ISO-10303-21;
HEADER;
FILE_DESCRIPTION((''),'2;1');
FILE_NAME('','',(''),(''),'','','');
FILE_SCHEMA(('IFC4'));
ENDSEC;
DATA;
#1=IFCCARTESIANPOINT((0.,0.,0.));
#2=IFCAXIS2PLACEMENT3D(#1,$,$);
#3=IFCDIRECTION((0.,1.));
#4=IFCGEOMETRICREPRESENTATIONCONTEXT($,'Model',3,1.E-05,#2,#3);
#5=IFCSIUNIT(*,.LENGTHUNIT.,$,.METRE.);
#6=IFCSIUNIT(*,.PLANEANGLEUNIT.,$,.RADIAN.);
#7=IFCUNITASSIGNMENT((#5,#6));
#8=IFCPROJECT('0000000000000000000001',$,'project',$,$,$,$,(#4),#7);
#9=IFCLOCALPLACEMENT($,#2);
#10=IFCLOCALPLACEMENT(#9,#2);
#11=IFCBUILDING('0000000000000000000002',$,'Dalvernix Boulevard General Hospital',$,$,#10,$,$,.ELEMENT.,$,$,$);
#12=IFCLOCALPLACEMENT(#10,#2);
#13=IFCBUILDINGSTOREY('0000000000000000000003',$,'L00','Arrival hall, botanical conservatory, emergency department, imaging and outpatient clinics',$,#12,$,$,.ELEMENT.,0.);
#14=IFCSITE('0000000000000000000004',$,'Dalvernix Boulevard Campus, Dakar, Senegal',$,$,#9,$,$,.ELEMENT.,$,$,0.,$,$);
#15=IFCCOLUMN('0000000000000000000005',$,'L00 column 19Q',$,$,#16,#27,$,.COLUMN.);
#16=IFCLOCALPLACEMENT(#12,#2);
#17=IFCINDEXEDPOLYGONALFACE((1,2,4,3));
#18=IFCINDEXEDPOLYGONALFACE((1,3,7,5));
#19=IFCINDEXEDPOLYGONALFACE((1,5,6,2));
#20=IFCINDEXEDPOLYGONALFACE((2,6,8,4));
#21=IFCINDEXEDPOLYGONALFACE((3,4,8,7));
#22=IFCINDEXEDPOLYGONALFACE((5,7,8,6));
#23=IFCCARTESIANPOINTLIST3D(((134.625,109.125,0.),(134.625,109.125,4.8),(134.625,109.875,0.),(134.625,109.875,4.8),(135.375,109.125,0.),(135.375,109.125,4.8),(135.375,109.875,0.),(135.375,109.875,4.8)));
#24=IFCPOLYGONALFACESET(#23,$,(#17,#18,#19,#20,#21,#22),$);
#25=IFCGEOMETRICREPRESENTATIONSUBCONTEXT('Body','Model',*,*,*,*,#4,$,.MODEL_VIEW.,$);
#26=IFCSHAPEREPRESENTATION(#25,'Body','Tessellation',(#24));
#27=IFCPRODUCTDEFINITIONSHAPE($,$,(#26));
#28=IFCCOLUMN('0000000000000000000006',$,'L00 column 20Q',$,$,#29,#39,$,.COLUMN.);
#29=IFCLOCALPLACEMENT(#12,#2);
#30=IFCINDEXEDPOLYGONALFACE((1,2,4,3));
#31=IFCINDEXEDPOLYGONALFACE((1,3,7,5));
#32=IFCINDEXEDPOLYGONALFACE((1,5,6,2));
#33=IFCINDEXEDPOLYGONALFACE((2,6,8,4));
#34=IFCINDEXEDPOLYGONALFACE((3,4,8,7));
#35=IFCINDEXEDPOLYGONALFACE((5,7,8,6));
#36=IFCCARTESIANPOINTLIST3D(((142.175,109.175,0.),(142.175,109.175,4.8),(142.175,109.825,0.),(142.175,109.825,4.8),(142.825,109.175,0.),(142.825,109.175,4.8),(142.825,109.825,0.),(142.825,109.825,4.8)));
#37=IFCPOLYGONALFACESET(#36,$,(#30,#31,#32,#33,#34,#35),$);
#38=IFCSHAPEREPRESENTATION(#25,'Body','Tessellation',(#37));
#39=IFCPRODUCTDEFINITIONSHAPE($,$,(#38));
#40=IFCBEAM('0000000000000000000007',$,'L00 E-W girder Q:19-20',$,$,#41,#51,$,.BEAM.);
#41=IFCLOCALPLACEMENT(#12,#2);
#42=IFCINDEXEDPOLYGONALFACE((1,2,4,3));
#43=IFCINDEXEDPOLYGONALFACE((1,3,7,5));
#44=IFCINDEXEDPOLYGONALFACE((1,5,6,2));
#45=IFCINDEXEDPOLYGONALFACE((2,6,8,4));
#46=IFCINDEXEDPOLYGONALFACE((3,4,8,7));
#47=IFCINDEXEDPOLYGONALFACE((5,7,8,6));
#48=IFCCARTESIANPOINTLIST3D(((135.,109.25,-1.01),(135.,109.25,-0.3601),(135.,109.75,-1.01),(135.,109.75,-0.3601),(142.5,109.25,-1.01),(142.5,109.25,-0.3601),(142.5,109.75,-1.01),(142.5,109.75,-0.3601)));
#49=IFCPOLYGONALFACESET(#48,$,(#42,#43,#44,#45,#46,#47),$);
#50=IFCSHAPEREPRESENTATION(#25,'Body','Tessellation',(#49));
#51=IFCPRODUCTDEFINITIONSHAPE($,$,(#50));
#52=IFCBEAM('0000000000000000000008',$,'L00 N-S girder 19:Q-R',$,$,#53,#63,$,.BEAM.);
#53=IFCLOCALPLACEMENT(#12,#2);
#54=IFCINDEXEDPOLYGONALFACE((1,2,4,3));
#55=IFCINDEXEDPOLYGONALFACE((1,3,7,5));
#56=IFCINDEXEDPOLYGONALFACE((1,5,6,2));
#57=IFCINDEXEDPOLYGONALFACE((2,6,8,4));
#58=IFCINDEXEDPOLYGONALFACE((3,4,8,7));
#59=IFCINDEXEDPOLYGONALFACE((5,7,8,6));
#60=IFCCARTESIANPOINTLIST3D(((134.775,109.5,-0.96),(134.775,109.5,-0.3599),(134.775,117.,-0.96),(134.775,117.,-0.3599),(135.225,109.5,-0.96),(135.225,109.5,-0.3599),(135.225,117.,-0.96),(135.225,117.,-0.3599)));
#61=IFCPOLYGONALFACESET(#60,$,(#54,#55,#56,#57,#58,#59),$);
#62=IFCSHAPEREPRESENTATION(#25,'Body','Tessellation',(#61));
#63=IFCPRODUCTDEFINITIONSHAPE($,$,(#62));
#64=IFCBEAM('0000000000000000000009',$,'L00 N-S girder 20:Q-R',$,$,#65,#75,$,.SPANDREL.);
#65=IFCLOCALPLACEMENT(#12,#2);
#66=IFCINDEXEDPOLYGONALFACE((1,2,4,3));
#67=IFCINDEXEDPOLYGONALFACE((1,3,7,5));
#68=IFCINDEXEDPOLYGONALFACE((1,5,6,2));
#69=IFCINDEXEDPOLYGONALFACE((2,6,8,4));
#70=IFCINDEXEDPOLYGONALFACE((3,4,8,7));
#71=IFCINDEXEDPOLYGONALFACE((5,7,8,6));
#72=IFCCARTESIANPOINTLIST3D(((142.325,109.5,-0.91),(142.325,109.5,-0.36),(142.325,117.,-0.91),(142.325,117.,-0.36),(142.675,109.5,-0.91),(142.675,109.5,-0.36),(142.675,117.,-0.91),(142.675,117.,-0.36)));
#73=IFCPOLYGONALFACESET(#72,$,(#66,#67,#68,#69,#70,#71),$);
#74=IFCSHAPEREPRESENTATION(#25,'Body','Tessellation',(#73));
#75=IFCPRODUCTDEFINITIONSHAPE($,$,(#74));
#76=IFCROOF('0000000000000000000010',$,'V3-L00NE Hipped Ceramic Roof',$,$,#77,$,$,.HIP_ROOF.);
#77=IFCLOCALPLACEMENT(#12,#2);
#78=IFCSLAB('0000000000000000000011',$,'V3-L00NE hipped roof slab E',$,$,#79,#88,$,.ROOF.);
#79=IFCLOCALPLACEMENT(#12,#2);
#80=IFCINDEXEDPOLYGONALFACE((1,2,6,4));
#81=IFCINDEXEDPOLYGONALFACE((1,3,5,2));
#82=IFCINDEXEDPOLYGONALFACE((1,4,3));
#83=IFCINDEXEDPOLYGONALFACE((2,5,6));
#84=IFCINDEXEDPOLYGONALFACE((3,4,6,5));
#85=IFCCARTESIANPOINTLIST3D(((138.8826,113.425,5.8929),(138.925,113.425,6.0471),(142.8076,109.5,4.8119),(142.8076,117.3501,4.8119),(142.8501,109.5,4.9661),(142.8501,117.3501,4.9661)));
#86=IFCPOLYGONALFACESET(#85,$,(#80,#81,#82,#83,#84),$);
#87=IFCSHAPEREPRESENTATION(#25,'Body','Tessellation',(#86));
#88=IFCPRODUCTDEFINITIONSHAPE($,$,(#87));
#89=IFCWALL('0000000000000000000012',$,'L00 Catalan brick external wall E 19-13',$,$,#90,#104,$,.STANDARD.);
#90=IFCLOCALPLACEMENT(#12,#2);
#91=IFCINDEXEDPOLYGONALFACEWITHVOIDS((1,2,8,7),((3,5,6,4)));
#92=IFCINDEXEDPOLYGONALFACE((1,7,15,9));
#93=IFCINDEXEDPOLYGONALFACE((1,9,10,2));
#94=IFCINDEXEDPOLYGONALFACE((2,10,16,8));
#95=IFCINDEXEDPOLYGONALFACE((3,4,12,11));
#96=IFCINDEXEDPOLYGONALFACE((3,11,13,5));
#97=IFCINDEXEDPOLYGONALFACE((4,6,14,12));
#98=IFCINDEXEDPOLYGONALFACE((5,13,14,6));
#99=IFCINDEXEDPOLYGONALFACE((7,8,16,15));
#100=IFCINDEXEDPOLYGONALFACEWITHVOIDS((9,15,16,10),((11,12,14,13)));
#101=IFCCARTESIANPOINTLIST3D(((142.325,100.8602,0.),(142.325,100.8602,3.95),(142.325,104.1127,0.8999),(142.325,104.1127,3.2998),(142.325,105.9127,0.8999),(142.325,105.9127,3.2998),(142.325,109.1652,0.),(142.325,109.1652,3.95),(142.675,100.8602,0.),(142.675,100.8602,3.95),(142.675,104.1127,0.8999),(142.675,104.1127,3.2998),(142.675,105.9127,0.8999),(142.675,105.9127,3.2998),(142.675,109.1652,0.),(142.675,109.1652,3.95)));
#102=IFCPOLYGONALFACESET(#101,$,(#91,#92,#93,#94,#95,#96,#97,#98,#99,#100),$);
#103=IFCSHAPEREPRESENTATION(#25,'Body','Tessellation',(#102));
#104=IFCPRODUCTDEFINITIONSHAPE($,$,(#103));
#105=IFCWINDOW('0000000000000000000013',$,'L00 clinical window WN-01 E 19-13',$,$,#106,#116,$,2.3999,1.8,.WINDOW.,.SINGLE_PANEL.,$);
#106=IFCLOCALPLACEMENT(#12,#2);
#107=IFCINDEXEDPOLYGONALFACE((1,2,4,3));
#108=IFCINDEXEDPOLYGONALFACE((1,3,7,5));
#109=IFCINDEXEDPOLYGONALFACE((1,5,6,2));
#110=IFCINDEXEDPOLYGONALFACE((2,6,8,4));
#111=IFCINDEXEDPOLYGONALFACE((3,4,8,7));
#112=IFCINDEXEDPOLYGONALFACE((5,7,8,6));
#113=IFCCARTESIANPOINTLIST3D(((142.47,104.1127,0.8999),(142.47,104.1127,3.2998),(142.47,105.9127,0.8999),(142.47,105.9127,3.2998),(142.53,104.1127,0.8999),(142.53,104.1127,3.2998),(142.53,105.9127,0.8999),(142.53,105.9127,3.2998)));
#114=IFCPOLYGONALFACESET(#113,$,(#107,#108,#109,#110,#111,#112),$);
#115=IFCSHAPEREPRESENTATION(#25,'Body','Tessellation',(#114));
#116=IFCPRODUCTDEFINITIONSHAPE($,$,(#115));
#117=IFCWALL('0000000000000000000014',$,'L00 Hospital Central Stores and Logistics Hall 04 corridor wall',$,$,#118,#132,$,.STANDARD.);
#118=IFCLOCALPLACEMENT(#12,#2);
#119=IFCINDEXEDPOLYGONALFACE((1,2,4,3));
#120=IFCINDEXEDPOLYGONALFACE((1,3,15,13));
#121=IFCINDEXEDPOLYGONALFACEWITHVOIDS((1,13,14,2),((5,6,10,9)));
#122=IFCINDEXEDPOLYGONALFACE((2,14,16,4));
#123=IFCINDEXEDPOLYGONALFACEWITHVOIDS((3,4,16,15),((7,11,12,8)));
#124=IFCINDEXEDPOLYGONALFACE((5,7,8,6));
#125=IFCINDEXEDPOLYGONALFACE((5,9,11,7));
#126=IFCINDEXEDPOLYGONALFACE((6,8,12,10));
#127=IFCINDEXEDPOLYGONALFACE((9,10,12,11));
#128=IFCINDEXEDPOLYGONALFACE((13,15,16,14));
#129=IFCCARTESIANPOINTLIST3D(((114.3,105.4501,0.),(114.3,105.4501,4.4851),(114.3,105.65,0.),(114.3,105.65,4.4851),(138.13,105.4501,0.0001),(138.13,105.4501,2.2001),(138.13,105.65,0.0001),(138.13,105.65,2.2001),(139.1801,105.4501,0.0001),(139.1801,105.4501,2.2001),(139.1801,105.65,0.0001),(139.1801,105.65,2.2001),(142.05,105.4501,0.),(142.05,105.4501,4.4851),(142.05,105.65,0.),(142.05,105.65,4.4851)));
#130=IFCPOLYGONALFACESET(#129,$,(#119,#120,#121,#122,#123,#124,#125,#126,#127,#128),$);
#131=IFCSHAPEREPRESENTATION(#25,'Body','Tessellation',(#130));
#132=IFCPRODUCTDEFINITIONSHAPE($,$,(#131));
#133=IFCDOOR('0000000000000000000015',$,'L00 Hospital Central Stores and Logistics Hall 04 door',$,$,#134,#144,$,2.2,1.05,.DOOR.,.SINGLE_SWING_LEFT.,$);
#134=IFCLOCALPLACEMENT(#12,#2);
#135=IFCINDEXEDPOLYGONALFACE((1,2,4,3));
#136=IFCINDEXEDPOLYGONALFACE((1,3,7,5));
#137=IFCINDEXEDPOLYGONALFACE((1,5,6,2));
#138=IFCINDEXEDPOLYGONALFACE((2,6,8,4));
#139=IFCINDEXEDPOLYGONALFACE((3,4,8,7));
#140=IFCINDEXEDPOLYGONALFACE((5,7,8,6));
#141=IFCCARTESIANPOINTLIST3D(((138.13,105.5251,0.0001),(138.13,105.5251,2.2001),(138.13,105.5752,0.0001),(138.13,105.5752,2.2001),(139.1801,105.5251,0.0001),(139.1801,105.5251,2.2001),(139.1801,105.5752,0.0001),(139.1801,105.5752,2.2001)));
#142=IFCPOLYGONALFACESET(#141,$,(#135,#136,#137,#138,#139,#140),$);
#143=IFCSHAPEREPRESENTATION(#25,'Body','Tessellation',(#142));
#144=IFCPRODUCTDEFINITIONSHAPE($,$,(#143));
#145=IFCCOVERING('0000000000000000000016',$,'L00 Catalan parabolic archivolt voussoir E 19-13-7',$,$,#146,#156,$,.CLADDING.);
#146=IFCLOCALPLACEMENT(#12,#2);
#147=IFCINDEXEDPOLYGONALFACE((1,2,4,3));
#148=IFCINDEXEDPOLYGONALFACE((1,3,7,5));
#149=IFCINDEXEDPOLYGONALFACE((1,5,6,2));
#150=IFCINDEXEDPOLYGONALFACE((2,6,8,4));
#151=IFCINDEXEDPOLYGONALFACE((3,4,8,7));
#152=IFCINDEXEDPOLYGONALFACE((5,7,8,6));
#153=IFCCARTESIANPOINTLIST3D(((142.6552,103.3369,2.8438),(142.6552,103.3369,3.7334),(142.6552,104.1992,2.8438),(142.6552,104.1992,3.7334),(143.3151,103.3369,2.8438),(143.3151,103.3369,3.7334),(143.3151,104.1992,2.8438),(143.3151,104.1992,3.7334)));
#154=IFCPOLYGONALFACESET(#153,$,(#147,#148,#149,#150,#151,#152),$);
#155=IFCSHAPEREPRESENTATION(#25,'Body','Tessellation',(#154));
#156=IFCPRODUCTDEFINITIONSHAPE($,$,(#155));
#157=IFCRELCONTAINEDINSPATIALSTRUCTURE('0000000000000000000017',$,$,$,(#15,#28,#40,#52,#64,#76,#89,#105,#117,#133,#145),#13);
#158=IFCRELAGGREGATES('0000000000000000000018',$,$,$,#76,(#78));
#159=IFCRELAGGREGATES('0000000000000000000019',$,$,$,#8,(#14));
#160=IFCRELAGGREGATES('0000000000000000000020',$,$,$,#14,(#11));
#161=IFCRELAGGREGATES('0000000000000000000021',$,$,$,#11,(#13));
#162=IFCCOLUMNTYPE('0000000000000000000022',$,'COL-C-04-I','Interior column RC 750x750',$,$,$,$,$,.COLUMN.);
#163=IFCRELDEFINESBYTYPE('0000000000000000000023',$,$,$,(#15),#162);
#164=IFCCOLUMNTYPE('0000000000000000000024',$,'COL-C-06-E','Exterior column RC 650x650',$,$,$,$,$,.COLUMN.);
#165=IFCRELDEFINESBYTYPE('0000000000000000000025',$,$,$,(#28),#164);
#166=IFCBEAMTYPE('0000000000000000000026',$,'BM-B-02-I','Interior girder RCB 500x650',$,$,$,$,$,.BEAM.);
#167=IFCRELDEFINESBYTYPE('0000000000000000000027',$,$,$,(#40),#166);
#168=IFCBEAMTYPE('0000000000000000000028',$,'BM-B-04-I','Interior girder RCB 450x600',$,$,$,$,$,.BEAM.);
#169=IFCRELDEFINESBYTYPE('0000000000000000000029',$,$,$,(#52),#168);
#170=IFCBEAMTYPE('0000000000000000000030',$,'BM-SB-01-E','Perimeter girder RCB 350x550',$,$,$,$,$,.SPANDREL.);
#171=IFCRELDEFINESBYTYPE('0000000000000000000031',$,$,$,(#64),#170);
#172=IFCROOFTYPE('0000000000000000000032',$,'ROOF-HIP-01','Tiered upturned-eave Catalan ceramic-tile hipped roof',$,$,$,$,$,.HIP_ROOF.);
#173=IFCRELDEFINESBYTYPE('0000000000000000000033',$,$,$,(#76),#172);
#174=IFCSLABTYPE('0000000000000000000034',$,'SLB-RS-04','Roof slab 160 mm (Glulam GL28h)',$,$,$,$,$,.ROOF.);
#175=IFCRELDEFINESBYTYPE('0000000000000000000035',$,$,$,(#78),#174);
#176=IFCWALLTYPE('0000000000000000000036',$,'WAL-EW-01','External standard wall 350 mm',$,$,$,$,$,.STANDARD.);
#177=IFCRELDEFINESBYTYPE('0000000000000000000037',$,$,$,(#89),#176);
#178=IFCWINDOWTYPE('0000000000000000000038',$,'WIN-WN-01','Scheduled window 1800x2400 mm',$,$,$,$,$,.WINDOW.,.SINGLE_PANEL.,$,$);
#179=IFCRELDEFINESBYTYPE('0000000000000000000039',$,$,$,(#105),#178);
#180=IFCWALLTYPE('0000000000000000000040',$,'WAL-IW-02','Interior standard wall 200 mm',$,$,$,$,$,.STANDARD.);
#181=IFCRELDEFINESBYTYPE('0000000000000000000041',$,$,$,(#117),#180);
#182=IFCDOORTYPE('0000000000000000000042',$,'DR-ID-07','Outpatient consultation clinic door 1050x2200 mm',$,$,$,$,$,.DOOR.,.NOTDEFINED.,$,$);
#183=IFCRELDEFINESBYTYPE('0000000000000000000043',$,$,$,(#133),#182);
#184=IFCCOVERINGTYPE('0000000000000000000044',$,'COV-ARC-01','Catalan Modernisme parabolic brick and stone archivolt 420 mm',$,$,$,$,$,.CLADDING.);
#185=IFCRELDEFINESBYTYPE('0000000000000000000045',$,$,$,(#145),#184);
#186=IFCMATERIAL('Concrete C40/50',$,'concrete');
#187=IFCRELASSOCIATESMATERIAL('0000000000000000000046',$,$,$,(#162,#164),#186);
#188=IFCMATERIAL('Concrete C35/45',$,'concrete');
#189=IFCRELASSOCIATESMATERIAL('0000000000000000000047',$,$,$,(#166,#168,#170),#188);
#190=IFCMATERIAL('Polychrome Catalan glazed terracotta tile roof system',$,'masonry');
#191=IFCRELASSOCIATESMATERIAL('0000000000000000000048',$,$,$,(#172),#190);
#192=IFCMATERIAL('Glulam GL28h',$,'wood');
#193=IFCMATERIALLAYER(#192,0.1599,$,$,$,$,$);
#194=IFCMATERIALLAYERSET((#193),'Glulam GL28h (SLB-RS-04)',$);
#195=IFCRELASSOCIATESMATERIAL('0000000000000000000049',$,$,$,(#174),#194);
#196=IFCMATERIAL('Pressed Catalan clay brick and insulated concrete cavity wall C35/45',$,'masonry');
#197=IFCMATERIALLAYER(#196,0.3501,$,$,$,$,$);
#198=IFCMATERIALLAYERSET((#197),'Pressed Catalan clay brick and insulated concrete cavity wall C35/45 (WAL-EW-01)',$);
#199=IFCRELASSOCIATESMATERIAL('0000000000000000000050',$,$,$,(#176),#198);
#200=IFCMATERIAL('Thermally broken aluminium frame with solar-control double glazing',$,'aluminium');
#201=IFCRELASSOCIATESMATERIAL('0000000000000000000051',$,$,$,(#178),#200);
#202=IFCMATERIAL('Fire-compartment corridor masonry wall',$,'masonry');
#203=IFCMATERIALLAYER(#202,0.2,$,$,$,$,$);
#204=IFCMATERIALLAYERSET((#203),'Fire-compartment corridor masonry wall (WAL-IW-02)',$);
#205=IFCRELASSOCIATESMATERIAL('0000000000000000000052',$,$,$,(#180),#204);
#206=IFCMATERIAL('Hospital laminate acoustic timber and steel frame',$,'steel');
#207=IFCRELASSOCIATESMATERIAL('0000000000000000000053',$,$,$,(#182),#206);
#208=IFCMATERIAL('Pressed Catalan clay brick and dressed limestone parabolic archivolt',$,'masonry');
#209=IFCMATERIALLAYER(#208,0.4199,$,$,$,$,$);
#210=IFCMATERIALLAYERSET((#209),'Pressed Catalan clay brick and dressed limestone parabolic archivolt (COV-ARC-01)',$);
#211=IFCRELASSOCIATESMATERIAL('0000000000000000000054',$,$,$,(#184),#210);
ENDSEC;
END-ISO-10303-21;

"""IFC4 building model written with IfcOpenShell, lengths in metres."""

from ifc_helpers import new_model, si_unit, direction, frame, frame_2d, origin, origin_2d, place, context, subcontext, project, spatial, polyline, rectangle, outline, extrude, material, layer, layer_set, material_profile, profile_set, type_object, element, fill, aggregate, save


model = new_model("IFC4")

# Units and contexts
model_context = context("Model", 3, precision=1e-05, world=origin(), true_north=direction((0.0, 1.0)))
body_context = subcontext(model_context, "Body", "Model", "MODEL_VIEW")
ifc_project = project(units=[si_unit("LENGTHUNIT", "METRE"), si_unit("PLANEANGLEUNIT", "RADIAN")], contexts=[model_context])

# Site, building, storey
site_placement = place(None, origin())
site = spatial("IfcSite", under=ifc_project, at=site_placement, Name="Dalvernix Boulevard Campus, Dakar, Senegal", CompositionType="ELEMENT", RefElevation=0.0)
building_placement = place(site_placement, origin())
building = spatial("IfcBuilding", under=site, at=building_placement, Name="Dalvernix Boulevard General Hospital", CompositionType="ELEMENT")
storey_placement = place(building_placement, origin())
storey = spatial("IfcBuildingStorey", under=building, at=storey_placement, Name="L00", Description="Arrival hall, botanical conservatory, emergency department, imaging and outpatient clinics", CompositionType="ELEMENT", Elevation=0.0)

# Columns
ifc_material_1 = material(Name="Concrete C40/50", Category="concrete")
ifc_material_profile_1 = material_profile(ifc_material_1, rectangle(XDim=0.75, YDim=0.75, at=origin_2d()), Name="RC 750x750")
ifc_profile_set_1 = profile_set([ifc_material_profile_1], Name="Concrete C40/50")
column_type_1 = type_object("IfcColumnType", Name="COL-C-04-I", Description="Interior column RC 750x750", PredefinedType="COLUMN", material=ifc_profile_set_1)
column_1_placement = place(storey_placement, frame((135.0, 109.5, 0.0), z_axis=(0.0, 0.0, 1.0), x_axis=(1.0, 0.0, 0.0)))
element("IfcColumn", 1, at=column_1_placement, inside=storey, type_object=column_type_1, Name="L00 column 19Q", PredefinedType="COLUMN", context=body_context, shape_type="SweptSolid", body=[
    extrude(rectangle(XDim=0.75, YDim=0.75, at=origin_2d()), origin(), (0.0, 0.0, 1.0), 4.8),
])
ifc_material_profile_2 = material_profile(ifc_material_1, rectangle(XDim=0.6499, YDim=0.6499, at=origin_2d()), Name="RC 650x650")
ifc_profile_set_2 = profile_set([ifc_material_profile_2], Name="Concrete C40/50")
column_type_2 = type_object("IfcColumnType", Name="COL-C-06-E", Description="Exterior column RC 650x650", PredefinedType="COLUMN", material=ifc_profile_set_2)
column_2_placement = place(storey_placement, frame((142.5, 109.5, 0.0), z_axis=(0.0, 0.0, 1.0), x_axis=(1.0, 0.0, 0.0)))
element("IfcColumn", 2, at=column_2_placement, inside=storey, type_object=column_type_2, Name="L00 column 20Q", PredefinedType="COLUMN", context=body_context, shape_type="SweptSolid", body=[
    extrude(rectangle(XDim=0.6499, YDim=0.6499, at=origin_2d()), origin(), (0.0, 0.0, 1.0), 4.8),
])

# Beams
ifc_material_2 = material(Name="Concrete C35/45", Category="concrete")
ifc_material_profile_3 = material_profile(ifc_material_2, rectangle(XDim=0.5, YDim=0.6499, at=origin_2d()), Name="RCB 500x650")
ifc_profile_set_3 = profile_set([ifc_material_profile_3], Name="Concrete C35/45")
beam_type_1 = type_object("IfcBeamType", Name="BM-B-02-I", Description="Interior girder RCB 500x650", PredefinedType="BEAM", material=ifc_profile_set_3)
beam_1_placement = place(storey_placement, frame((135.0, 109.5, -0.6851), z_axis=(1.0, 0.0, 0.0), x_axis=(0.0, 1.0, 0.0)))
element("IfcBeam", 3, at=beam_1_placement, inside=storey, type_object=beam_type_1, Name="L00 E-W girder Q:19-20", PredefinedType="BEAM", context=body_context, shape_type="SweptSolid", body=[
    extrude(rectangle(XDim=0.5, YDim=0.6499, at=origin_2d()), origin(), (0.0, 0.0, 1.0), 7.5),
])
ifc_material_profile_4 = material_profile(ifc_material_2, rectangle(XDim=0.45, YDim=0.6001, at=origin_2d()), Name="RCB 450x600")
ifc_profile_set_4 = profile_set([ifc_material_profile_4], Name="Concrete C35/45")
beam_type_2 = type_object("IfcBeamType", Name="BM-B-04-I", Description="Interior girder RCB 450x600", PredefinedType="BEAM", material=ifc_profile_set_4)
beam_2_placement = place(storey_placement, frame((135.0, 109.5, -0.6599), z_axis=(0.0, 1.0, 0.0), x_axis=(-1.0, 0.0, 0.0)))
element("IfcBeam", 4, at=beam_2_placement, inside=storey, type_object=beam_type_2, Name="L00 N-S girder 19:Q-R", PredefinedType="BEAM", context=body_context, shape_type="SweptSolid", body=[
    extrude(rectangle(XDim=0.45, YDim=0.6001, at=origin_2d()), origin(), (0.0, 0.0, 1.0), 7.5),
])
ifc_material_profile_5 = material_profile(ifc_material_2, rectangle(XDim=0.3501, YDim=0.55, at=origin_2d()), Name="RCB 350x550")
ifc_profile_set_5 = profile_set([ifc_material_profile_5], Name="Concrete C35/45")
beam_type_3 = type_object("IfcBeamType", Name="BM-SB-01-E", Description="Perimeter girder RCB 350x550", PredefinedType="SPANDREL", material=ifc_profile_set_5)
beam_3_placement = place(storey_placement, frame((142.5, 109.5, -0.635), z_axis=(0.0, 1.0, 0.0), x_axis=(-1.0, 0.0, 0.0)))
element("IfcBeam", 5, at=beam_3_placement, inside=storey, type_object=beam_type_3, Name="L00 N-S girder 20:Q-R", PredefinedType="SPANDREL", context=body_context, shape_type="SweptSolid", body=[
    extrude(rectangle(XDim=0.3501, YDim=0.55, at=origin_2d()), origin(), (0.0, 0.0, 1.0), 7.5),
])

# Roof, slab
ifc_material_3 = material(Name="Polychrome Catalan glazed terracotta tile roof system", Category="masonry")
roof_type = type_object("IfcRoofType", Name="ROOF-HIP-01", Description="Tiered upturned-eave Catalan ceramic-tile hipped roof", PredefinedType="HIP_ROOF", material=ifc_material_3)
roof_placement = place(storey_placement, origin())
roof = element("IfcRoof", 6, at=roof_placement, inside=storey, type_object=roof_type, Name="V3-L00NE Hipped Ceramic Roof", PredefinedType="HIP_ROOF")
ifc_material_4 = material(Name="Glulam GL28h", Category="wood")
ifc_layer_1 = layer(ifc_material_4, 0.1599)
ifc_layer_set_1 = layer_set([ifc_layer_1], Name="Glulam GL28h (SLB-RS-04)")
slab_type = type_object("IfcSlabType", Name="SLB-RS-04", Description="Roof slab 160 mm (Glulam GL28h)", PredefinedType="ROOF", material=ifc_layer_set_1)
slab_placement = place(storey_placement, frame((142.8501, 109.5, 4.9661), z_axis=(0.265537, 0.0, 0.964101), x_axis=(0.0, 1.0, 0.0)))
slab = element("IfcSlab", 7, at=slab_placement, type_object=slab_type, Name="V3-L00NE hipped roof slab E", PredefinedType="ROOF", context=body_context, shape_type="SweptSolid", body=[
    extrude(outline(polyline([(0.0, 0.0), (7.8501, 0.0), (3.925, 4.0712), (0.0, 0.0)])), origin(), (0.0, 0.0, -1.0), 0.1599),
])
aggregate(roof, [slab])

# Wall, opening, window
ifc_material_5 = material(Name="Pressed Catalan clay brick and insulated concrete cavity wall C35/45", Category="masonry")
ifc_layer_2 = layer(ifc_material_5, 0.3501)
ifc_layer_set_2 = layer_set([ifc_layer_2], Name="Pressed Catalan clay brick and insulated concrete cavity wall C35/45 (WAL-EW-01)")
wall_type_1 = type_object("IfcWallType", Name="WAL-EW-01", Description="External standard wall 350 mm", PredefinedType="STANDARD", material=ifc_layer_set_2)
wall_1_placement = place(storey_placement, frame((142.5, 109.165, 0.0), z_axis=(0.0, 0.0, 1.0), x_axis=(0.0, -1.0, 0.0)))
wall_1 = element("IfcWall", 8, at=wall_1_placement, inside=storey, type_object=wall_type_1, Name="L00 Catalan brick external wall E 19-13", PredefinedType="STANDARD", context=body_context, shape_type="SweptSolid", body=[
    extrude(rectangle(XDim=8.3049, YDim=0.3501, at=frame_2d((4.1523, 0.0))), origin(), (0.0, 0.0, 1.0), 3.95),
])
opening_1_placement = place(wall_1_placement, frame((3.2524, 0.0, 0.8999)))
opening_1 = element("IfcOpeningElement", 9, at=opening_1_placement, cuts=wall_1, PredefinedType="OPENING", context=body_context, shape_type="SweptSolid", body=[
    extrude(rectangle(XDim=1.8, YDim=2.3999, at=frame_2d((0.8999, 1.2))), frame((0.0, 0.1851, 0.0), z_axis=(0.0, -1.0, 0.0), x_axis=(1.0, 0.0, 0.0)), (0.0, 0.0, 1.0), 0.3701),
])
ifc_material_6 = material(Name="Thermally broken aluminium frame with solar-control double glazing", Category="aluminium")
window_type = type_object("IfcWindowType", Name="WIN-WN-01", Description="Scheduled window 1800x2400 mm", PartitioningType="SINGLE_PANEL", PredefinedType="WINDOW", material=ifc_material_6)
window_placement = place(opening_1_placement, origin())
window = element("IfcWindow", 10, at=window_placement, inside=storey, type_object=window_type, Name="L00 clinical window WN-01 E 19-13", OverallHeight=2.3999, OverallWidth=1.8, PartitioningType="SINGLE_PANEL", PredefinedType="WINDOW", context=body_context, shape_type="SweptSolid", body=[
    extrude(rectangle(XDim=1.8, YDim=2.3999, at=frame_2d((0.8999, 1.2))), frame((0.0, 0.03, 0.0), z_axis=(0.0, -1.0, 0.0), x_axis=(1.0, 0.0, 0.0)), (0.0, 0.0, 1.0), 0.0601),
])
fill(opening_1, window)

# Wall, opening, door
ifc_material_7 = material(Name="Fire-compartment corridor masonry wall", Category="masonry")
ifc_layer_3 = layer(ifc_material_7, 0.2)
ifc_layer_set_3 = layer_set([ifc_layer_3], Name="Fire-compartment corridor masonry wall (WAL-IW-02)")
wall_type_2 = type_object("IfcWallType", Name="WAL-IW-02", Description="Interior standard wall 200 mm", PredefinedType="STANDARD", material=ifc_layer_set_3)
wall_2_placement = place(storey_placement, frame((142.05, 105.55, 0.0), z_axis=(0.0, 0.0, 1.0), x_axis=(-1.0, 0.0, 0.0)))
wall_2 = element("IfcWall", 11, at=wall_2_placement, inside=storey, type_object=wall_type_2, Name="L00 Hospital Central Stores and Logistics Hall 04 corridor wall", PredefinedType="STANDARD", context=body_context, shape_type="SweptSolid", body=[
    extrude(rectangle(XDim=27.75, YDim=0.2, at=frame_2d((13.875, 0.0))), origin(), (0.0, 0.0, 1.0), 4.4851),
])
opening_2_placement = place(wall_2_placement, frame((2.8701, 0.0, 0.0)))
opening_2 = element("IfcOpeningElement", 12, at=opening_2_placement, cuts=wall_2, PredefinedType="OPENING", context=body_context, shape_type="SweptSolid", body=[
    extrude(rectangle(XDim=1.05, YDim=2.2, at=frame_2d((0.5249, 1.1001))), frame((0.0, 0.1099, 0.0), z_axis=(0.0, -1.0, 0.0), x_axis=(1.0, 0.0, 0.0)), (0.0, 0.0, 1.0), 0.22),
])
ifc_material_8 = material(Name="Hospital laminate acoustic timber and steel frame", Category="steel")
door_type = type_object("IfcDoorType", Name="DR-ID-07", Description="Outpatient consultation clinic door 1050x2200 mm", OperationType="NOTDEFINED", PredefinedType="DOOR", material=ifc_material_8)
door_placement = place(opening_2_placement, origin())
door = element("IfcDoor", 13, at=door_placement, inside=storey, type_object=door_type, Name="L00 Hospital Central Stores and Logistics Hall 04 door", OperationType="SINGLE_SWING_LEFT", OverallHeight=2.2, OverallWidth=1.05, PredefinedType="DOOR", context=body_context, shape_type="SweptSolid", body=[
    extrude(rectangle(XDim=1.05, YDim=2.2, at=frame_2d((0.5249, 1.1001))), frame((0.0, 0.0249, 0.0), z_axis=(0.0, -1.0, 0.0), x_axis=(1.0, 0.0, 0.0)), (0.0, 0.0, 1.0), 0.05),
])
fill(opening_2, door)

# Covering
ifc_material_9 = material(Name="Pressed Catalan clay brick and dressed limestone parabolic archivolt", Category="masonry")
ifc_layer_4 = layer(ifc_material_9, 0.4199)
ifc_layer_set_4 = layer_set([ifc_layer_4], Name="Pressed Catalan clay brick and dressed limestone parabolic archivolt (COV-ARC-01)")
covering_type_1 = type_object("IfcCoveringType", Name="COV-ARC-01", Description="Catalan Modernisme parabolic brick and stone archivolt 420 mm", PredefinedType="CLADDING", material=ifc_layer_set_4)
covering_1_placement = place(storey_placement, frame((142.9851, 103.7681, 2.8438), z_axis=(0.0, 0.0, 1.0), x_axis=(0.0, -1.0, 0.0)))
element("IfcCovering", 14, at=covering_1_placement, inside=storey, type_object=covering_type_1, Name="L00 Catalan parabolic archivolt voussoir E 19-13-7", PredefinedType="CLADDING", context=body_context, shape_type="SweptSolid", body=[
    extrude(rectangle(XDim=0.8623, YDim=0.6599, at=origin_2d()), origin(), (0.0, 0.0, 1.0), 0.8896),
])

save(model, "model.ifc")
